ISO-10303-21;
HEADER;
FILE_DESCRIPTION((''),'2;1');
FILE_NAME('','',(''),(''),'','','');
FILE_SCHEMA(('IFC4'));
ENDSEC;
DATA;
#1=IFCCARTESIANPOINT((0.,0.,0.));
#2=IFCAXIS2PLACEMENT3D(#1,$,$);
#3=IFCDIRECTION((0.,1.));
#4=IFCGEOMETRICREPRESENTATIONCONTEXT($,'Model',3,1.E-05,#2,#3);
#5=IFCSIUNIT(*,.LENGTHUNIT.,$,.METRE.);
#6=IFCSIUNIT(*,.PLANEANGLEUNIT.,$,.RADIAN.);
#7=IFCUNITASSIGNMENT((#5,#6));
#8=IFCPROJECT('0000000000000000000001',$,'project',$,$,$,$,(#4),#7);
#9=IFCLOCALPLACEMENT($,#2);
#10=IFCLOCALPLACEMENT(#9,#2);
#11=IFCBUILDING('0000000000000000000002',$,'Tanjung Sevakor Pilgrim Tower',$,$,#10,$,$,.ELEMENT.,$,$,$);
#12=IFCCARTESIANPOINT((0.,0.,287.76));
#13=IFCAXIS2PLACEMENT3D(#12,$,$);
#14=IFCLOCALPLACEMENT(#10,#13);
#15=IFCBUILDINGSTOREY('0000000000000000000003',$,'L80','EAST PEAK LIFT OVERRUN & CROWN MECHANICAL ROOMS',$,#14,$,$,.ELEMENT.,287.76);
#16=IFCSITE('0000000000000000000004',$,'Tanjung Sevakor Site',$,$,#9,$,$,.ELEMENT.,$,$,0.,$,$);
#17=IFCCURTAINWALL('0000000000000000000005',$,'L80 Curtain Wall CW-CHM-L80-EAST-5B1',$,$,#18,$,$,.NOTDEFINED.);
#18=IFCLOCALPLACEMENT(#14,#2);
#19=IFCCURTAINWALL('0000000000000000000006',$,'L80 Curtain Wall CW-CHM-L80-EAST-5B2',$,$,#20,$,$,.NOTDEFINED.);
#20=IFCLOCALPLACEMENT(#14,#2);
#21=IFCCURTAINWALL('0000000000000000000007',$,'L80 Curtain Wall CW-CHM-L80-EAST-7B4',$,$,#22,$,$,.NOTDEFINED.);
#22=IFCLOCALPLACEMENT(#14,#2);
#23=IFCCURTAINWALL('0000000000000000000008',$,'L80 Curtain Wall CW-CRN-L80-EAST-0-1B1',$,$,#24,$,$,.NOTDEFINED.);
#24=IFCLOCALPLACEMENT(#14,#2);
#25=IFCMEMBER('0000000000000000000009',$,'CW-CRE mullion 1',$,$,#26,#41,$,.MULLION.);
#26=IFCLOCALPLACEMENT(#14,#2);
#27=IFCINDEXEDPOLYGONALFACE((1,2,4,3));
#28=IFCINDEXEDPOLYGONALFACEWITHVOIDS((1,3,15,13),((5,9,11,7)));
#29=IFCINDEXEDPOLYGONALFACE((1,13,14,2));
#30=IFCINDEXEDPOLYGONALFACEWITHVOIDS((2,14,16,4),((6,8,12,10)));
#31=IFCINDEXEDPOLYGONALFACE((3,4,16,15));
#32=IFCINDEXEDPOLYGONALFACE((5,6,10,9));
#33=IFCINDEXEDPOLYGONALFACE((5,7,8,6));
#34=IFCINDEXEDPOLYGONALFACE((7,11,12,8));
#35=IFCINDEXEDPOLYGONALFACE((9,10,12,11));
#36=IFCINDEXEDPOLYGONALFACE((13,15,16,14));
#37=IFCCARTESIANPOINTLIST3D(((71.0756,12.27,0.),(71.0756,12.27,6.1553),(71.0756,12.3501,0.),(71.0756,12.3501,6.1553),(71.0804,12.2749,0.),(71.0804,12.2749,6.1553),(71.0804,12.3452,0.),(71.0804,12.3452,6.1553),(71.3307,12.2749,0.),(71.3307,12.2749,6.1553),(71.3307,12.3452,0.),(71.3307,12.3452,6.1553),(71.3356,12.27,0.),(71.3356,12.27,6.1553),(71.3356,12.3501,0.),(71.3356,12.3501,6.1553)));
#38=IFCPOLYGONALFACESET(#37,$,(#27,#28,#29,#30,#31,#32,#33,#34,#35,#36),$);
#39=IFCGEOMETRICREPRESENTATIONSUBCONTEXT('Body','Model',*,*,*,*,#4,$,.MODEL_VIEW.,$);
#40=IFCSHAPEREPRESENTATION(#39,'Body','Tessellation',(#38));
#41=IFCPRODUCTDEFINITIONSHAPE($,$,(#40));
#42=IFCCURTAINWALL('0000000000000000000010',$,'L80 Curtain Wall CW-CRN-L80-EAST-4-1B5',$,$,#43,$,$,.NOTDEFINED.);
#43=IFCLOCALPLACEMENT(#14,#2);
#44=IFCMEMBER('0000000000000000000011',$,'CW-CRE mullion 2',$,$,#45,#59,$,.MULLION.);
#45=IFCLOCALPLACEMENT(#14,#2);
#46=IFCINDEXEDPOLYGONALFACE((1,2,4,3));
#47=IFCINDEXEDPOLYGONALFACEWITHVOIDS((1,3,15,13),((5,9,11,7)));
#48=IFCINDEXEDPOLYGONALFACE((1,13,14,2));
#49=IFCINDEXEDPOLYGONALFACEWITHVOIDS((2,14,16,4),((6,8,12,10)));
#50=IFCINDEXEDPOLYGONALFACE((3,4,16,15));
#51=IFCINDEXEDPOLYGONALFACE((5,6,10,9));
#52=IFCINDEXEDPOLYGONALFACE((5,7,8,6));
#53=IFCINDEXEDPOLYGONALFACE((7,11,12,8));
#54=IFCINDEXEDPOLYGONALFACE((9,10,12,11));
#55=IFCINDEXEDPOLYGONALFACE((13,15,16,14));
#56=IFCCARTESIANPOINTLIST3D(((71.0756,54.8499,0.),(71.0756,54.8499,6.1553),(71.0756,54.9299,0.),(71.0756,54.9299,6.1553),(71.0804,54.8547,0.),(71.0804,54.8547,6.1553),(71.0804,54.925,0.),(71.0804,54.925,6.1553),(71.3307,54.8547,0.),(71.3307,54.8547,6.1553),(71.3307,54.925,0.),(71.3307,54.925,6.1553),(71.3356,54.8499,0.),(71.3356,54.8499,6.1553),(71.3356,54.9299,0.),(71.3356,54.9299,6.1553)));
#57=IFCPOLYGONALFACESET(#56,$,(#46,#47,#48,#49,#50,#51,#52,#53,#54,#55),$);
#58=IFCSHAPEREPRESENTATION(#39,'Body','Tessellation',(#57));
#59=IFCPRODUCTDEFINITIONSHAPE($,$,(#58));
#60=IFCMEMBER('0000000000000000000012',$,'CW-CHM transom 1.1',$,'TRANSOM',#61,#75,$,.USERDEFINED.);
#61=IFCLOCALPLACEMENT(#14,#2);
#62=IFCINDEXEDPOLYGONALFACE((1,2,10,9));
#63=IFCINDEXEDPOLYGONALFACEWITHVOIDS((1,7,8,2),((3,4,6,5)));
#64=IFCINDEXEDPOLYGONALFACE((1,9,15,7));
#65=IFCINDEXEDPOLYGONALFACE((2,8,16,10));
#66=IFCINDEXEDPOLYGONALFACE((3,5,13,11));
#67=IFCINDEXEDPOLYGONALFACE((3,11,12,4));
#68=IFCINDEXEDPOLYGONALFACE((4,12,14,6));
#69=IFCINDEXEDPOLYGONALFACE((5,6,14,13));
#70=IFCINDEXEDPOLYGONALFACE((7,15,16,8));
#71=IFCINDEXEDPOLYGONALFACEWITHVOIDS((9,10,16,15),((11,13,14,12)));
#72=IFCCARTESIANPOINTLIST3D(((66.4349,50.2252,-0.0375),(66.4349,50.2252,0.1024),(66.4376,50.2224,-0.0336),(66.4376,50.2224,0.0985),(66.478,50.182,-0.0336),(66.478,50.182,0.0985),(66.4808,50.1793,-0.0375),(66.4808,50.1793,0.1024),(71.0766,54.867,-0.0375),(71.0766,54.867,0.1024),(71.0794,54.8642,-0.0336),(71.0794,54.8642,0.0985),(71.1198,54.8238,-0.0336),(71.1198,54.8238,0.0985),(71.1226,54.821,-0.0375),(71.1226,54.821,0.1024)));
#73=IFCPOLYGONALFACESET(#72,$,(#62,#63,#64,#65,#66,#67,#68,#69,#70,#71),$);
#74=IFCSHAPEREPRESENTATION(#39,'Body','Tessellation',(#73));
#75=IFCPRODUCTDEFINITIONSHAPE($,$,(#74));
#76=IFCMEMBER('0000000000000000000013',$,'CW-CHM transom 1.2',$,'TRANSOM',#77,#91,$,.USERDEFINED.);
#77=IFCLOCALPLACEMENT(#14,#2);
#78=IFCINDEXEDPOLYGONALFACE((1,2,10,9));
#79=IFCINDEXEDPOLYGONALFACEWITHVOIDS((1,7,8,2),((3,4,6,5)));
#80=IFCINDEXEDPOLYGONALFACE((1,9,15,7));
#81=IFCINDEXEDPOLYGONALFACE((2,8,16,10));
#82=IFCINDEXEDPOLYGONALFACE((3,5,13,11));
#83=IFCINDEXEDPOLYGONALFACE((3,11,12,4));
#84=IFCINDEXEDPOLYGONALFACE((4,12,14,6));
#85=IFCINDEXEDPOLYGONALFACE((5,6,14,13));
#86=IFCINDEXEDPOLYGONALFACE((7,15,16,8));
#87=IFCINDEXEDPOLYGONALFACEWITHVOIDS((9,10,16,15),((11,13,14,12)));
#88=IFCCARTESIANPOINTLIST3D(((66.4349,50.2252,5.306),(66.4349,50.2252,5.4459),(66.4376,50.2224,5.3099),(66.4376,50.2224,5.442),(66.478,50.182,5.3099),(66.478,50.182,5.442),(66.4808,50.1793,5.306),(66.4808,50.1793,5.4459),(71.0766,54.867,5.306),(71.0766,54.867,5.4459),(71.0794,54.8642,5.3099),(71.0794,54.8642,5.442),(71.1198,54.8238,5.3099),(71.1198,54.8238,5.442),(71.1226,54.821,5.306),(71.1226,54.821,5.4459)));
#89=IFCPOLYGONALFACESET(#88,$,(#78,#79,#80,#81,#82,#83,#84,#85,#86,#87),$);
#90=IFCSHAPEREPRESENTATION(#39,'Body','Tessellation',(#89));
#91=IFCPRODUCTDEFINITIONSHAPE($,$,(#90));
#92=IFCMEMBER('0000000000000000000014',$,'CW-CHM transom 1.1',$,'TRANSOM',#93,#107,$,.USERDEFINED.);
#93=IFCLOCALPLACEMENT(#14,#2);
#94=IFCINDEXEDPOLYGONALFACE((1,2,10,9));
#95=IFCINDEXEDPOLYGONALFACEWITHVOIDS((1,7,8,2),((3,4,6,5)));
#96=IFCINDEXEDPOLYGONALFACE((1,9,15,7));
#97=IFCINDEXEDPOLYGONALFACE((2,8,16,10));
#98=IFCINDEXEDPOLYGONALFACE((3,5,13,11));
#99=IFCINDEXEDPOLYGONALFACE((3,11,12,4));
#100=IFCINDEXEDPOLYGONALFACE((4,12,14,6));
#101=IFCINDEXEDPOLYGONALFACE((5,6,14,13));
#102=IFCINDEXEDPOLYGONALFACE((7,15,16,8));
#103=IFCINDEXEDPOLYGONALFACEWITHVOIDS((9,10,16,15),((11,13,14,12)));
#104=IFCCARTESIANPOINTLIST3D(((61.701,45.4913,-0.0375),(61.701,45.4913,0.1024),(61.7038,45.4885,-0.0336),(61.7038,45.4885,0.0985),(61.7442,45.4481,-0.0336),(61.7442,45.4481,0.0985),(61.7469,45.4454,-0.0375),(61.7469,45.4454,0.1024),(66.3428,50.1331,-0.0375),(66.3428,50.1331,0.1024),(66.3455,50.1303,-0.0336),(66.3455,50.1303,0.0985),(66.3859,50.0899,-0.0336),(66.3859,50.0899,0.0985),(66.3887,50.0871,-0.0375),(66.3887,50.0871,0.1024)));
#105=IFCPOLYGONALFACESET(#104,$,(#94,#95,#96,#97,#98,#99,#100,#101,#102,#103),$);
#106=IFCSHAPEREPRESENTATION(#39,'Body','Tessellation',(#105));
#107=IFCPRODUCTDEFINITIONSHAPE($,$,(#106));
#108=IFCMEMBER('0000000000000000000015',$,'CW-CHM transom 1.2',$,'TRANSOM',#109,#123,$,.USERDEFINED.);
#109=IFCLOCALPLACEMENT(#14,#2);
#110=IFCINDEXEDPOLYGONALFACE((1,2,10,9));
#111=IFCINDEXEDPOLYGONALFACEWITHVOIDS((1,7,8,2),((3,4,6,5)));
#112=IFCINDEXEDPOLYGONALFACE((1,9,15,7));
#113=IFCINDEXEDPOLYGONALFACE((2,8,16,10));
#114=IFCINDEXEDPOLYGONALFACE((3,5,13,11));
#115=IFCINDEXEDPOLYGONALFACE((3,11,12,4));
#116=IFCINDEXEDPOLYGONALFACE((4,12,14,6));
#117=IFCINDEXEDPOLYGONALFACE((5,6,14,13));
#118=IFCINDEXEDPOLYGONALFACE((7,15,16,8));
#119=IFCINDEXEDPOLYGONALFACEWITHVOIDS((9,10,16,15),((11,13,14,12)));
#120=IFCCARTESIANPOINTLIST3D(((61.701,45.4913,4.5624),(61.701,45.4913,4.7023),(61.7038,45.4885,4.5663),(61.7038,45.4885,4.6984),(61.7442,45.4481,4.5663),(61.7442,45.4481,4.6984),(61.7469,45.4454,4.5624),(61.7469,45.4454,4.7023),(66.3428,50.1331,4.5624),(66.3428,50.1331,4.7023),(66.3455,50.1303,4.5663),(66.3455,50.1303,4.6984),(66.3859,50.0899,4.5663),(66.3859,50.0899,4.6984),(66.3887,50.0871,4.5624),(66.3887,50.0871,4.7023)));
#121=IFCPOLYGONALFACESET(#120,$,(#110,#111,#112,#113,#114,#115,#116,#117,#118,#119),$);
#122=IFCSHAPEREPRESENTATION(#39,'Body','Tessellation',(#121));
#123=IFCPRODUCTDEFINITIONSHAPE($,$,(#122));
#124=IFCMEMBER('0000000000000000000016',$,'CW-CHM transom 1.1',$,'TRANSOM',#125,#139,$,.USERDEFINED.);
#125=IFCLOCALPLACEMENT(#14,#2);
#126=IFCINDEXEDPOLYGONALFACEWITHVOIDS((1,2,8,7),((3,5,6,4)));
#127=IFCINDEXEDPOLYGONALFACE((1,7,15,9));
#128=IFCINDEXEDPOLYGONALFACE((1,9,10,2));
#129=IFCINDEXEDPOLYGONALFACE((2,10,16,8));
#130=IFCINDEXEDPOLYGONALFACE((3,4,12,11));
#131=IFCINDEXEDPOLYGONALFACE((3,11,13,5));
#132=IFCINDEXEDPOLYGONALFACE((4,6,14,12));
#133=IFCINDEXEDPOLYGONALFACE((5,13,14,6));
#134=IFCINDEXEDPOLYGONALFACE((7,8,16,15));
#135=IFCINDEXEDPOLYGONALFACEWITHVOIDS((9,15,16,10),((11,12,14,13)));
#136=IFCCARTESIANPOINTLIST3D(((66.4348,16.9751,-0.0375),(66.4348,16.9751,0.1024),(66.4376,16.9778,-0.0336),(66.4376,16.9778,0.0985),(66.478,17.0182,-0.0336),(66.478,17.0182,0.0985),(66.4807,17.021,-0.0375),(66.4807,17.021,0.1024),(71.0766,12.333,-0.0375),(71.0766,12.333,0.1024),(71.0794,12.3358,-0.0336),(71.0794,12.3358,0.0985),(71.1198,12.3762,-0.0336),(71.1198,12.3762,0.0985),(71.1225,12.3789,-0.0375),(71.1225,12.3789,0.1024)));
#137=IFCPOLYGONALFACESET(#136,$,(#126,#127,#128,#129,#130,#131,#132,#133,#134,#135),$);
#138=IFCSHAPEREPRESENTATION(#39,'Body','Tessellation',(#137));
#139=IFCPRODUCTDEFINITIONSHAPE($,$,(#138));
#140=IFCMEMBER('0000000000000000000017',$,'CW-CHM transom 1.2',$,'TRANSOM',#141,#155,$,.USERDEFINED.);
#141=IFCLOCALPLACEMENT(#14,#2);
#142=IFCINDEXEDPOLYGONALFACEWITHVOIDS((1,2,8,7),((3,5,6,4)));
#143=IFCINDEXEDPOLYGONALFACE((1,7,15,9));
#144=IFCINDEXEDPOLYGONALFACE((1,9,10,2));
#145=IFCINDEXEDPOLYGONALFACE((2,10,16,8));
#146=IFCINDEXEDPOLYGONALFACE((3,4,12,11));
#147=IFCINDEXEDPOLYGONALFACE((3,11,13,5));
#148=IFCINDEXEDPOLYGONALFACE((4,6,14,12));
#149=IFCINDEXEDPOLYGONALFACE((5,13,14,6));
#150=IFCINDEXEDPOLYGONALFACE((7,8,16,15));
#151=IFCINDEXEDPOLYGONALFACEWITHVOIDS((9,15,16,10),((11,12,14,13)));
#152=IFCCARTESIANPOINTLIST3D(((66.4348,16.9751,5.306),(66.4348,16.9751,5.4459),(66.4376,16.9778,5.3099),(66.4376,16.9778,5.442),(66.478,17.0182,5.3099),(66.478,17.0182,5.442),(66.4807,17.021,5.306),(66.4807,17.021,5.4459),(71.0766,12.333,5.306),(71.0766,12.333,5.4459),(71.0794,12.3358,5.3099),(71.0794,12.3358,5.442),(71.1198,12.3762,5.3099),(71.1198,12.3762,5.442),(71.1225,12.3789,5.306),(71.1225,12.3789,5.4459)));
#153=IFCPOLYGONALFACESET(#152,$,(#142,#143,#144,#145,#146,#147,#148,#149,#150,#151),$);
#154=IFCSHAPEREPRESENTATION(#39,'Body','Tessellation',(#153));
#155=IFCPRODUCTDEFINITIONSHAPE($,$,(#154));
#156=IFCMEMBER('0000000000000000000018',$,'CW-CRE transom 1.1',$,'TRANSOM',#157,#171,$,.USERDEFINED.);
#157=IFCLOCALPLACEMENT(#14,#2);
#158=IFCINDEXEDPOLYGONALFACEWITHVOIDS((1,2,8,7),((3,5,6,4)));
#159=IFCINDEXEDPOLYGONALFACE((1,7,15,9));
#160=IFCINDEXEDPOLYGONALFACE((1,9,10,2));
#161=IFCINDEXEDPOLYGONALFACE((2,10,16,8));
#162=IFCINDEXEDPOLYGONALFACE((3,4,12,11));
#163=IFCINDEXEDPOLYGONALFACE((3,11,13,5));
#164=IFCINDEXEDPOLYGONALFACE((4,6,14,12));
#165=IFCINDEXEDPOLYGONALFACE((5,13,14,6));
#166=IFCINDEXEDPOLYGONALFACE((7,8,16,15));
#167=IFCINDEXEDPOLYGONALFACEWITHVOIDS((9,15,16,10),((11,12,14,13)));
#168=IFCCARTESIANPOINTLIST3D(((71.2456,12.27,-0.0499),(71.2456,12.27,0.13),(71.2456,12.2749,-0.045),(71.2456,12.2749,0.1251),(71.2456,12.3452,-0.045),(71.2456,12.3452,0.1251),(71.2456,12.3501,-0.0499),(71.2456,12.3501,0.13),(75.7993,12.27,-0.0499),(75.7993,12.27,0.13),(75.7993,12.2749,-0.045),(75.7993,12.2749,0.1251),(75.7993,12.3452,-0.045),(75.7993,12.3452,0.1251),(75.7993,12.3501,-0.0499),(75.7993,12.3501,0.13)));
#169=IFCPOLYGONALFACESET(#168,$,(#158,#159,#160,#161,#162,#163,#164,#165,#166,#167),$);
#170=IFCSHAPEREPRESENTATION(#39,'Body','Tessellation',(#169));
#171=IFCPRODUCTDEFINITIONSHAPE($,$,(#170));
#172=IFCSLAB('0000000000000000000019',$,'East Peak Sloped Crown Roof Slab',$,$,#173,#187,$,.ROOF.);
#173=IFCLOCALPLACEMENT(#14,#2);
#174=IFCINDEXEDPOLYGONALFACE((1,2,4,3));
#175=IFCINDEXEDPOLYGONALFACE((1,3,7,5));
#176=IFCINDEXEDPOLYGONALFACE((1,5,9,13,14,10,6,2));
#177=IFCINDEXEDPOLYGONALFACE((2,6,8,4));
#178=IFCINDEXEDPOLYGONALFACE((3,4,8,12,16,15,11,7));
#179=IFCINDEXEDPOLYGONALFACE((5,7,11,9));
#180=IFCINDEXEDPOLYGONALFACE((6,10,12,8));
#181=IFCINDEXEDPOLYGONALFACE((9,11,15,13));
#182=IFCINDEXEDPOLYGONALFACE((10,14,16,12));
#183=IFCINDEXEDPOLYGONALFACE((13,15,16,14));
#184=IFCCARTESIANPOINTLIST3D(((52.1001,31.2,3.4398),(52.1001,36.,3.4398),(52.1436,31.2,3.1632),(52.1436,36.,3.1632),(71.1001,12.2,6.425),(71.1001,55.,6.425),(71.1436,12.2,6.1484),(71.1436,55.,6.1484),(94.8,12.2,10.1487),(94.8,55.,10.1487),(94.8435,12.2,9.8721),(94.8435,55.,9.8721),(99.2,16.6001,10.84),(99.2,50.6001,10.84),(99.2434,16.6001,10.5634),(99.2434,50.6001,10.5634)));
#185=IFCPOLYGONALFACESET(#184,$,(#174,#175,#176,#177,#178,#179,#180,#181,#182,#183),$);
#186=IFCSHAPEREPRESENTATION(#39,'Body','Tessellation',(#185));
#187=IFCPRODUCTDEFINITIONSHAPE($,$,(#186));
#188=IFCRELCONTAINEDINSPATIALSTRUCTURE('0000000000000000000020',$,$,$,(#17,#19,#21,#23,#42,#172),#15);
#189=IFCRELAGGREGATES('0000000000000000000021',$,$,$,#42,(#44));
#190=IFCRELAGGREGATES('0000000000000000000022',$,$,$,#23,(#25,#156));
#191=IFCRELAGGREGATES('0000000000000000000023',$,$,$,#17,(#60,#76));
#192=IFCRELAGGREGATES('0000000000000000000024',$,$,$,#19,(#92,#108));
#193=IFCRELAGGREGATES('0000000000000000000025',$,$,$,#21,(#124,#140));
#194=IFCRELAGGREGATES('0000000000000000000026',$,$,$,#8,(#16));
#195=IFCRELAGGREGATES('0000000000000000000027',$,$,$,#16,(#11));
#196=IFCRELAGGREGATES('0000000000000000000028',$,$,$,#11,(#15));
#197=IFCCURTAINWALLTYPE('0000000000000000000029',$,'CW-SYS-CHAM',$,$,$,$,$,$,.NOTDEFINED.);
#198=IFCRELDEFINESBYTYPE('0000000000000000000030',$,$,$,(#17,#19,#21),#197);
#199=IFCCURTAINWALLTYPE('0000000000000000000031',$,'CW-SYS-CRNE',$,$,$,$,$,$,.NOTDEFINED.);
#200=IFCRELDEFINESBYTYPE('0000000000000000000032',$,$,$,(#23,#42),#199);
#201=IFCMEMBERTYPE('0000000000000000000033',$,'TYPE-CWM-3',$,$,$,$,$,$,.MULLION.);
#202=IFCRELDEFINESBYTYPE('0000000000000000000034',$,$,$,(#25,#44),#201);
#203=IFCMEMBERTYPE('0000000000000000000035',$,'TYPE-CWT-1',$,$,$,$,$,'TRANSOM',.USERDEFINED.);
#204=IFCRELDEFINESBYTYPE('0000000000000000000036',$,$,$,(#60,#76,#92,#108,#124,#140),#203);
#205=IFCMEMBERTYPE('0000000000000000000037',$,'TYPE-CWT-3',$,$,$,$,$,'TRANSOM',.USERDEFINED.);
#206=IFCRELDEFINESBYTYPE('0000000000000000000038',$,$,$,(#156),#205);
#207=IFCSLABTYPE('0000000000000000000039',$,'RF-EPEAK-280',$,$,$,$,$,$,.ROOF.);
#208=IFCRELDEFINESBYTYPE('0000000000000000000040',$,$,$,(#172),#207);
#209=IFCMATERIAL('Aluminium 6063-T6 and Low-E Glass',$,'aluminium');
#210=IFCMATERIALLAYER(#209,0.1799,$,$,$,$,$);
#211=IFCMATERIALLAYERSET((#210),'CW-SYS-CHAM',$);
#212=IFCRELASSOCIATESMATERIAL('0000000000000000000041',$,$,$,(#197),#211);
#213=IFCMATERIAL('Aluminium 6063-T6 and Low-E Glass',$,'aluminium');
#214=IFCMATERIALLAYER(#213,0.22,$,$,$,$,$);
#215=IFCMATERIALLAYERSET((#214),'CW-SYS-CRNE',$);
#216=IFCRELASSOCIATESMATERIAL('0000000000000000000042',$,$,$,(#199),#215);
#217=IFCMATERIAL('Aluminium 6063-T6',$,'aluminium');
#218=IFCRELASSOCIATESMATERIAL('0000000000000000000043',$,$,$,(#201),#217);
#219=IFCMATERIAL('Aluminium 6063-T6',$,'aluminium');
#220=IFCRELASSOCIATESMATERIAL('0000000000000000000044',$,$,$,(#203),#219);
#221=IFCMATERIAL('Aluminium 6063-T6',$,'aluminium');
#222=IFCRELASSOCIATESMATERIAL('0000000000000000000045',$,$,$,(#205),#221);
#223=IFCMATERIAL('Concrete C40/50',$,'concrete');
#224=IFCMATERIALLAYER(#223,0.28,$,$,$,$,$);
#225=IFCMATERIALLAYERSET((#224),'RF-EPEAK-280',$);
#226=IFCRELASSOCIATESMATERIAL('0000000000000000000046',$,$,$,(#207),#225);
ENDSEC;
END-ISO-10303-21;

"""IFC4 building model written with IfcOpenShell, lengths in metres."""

from ifc_helpers import new_model, si_unit, direction, frame, origin, origin_2d, place, context, subcontext, project, spatial, polyline, hollow_rectangle, outline, extrude, material, layer, layer_set, material_profile, profile_set, type_object, element, aggregate, save


model = new_model("IFC4")

# Units and contexts
model_context = context("Model", 3, precision=1e-05, world=origin(), true_north=direction((0.0, 1.0)))
body_context = subcontext(model_context, "Body", "Model", "MODEL_VIEW")
ifc_project = project(units=[si_unit("LENGTHUNIT", "METRE"), si_unit("PLANEANGLEUNIT", "RADIAN")], contexts=[model_context])

# Site, building, storey
site_placement = place(None, origin())
site = spatial("IfcSite", under=ifc_project, at=site_placement, Name="Tanjung Sevakor Site", CompositionType="ELEMENT", RefElevation=0.0)
building_placement = place(site_placement, origin())
building = spatial("IfcBuilding", under=site, at=building_placement, Name="Tanjung Sevakor Pilgrim Tower", CompositionType="ELEMENT")
storey_placement = place(building_placement, frame((0.0, 0.0, 287.76)))
storey = spatial("IfcBuildingStorey", under=building, at=storey_placement, Name="L80", Description="EAST PEAK LIFT OVERRUN & CROWN MECHANICAL ROOMS", CompositionType="ELEMENT", Elevation=287.76)

# Curtain wall
ifc_material_1 = material(Name="Aluminium 6063-T6 and Low-E Glass", Category="aluminium")
ifc_layer_1 = layer(ifc_material_1, 0.1799)
ifc_layer_set_1 = layer_set([ifc_layer_1], Name="CW-SYS-CHAM")
curtain_wall_type_1 = type_object("IfcCurtainWallType", Name="CW-SYS-CHAM", PredefinedType="NOTDEFINED", material=ifc_layer_set_1)
curtain_wall_1_placement = place(storey_placement, origin())
curtain_wall_1 = element("IfcCurtainWall", 1, at=curtain_wall_1_placement, inside=storey, type_object=curtain_wall_type_1, Name="L80 Curtain Wall CW-CHM-L80-EAST-5B1", PredefinedType="NOTDEFINED")

# Curtain wall
curtain_wall_2_placement = place(storey_placement, origin())
curtain_wall_2 = element("IfcCurtainWall", 2, at=curtain_wall_2_placement, inside=storey, type_object=curtain_wall_type_1, Name="L80 Curtain Wall CW-CHM-L80-EAST-5B2", PredefinedType="NOTDEFINED")

# Curtain wall
curtain_wall_3_placement = place(storey_placement, origin())
curtain_wall_3 = element("IfcCurtainWall", 3, at=curtain_wall_3_placement, inside=storey, type_object=curtain_wall_type_1, Name="L80 Curtain Wall CW-CHM-L80-EAST-7B4", PredefinedType="NOTDEFINED")

# Curtain walls, members
ifc_material_2 = material(Name="Aluminium 6063-T6 and Low-E Glass", Category="aluminium")
ifc_layer_2 = layer(ifc_material_2, 0.22)
ifc_layer_set_2 = layer_set([ifc_layer_2], Name="CW-SYS-CRNE")
curtain_wall_type_2 = type_object("IfcCurtainWallType", Name="CW-SYS-CRNE", PredefinedType="NOTDEFINED", material=ifc_layer_set_2)
curtain_wall_4_placement = place(storey_placement, origin())
curtain_wall_4 = element("IfcCurtainWall", 4, at=curtain_wall_4_placement, inside=storey, type_object=curtain_wall_type_2, Name="L80 Curtain Wall CW-CRN-L80-EAST-0-1B1", PredefinedType="NOTDEFINED")
ifc_material_3 = material(Name="Aluminium 6063-T6", Category="aluminium")
ifc_material_profile_1 = material_profile(ifc_material_3, hollow_rectangle(XDim=0.0801, YDim=0.26, WallThickness=0.0049, at=origin_2d()))
ifc_profile_set_1 = profile_set([ifc_material_profile_1], Name="Aluminium 6063-T6")
member_type_1 = type_object("IfcMemberType", Name="TYPE-CWM-3", PredefinedType="MULLION", material=ifc_profile_set_1)
member_1_placement = place(storey_placement, frame((71.2056, 12.3101, 0.0), z_axis=(0.0, 0.0, 1.0), x_axis=(0.0, 1.0, 0.0)))
member_1 = element("IfcMember", 5, at=member_1_placement, type_object=member_type_1, Name="CW-CRE mullion 1", PredefinedType="MULLION", context=body_context, shape_type="SweptSolid", body=[
    extrude(hollow_rectangle(XDim=0.0801, YDim=0.26, WallThickness=0.0049, at=origin_2d()), origin(), (0.0, 0.0, 1.0), 6.1553),
])
curtain_wall_5_placement = place(storey_placement, origin())
curtain_wall_5 = element("IfcCurtainWall", 6, at=curtain_wall_5_placement, inside=storey, type_object=curtain_wall_type_2, Name="L80 Curtain Wall CW-CRN-L80-EAST-4-1B5", PredefinedType="NOTDEFINED")
member_2_placement = place(storey_placement, frame((71.2056, 54.8899, 0.0), z_axis=(0.0, 0.0, 1.0), x_axis=(0.0, -1.0, 0.0)))
member_2 = element("IfcMember", 7, at=member_2_placement, type_object=member_type_1, Name="CW-CRE mullion 2", PredefinedType="MULLION", context=body_context, shape_type="SweptSolid", body=[
    extrude(hollow_rectangle(XDim=0.0801, YDim=0.26, WallThickness=0.0049, at=origin_2d()), origin(), (0.0, 0.0, 1.0), 6.1553),
])
aggregate(curtain_wall_5, [member_2])

# Members
ifc_material_4 = material(Name="Aluminium 6063-T6", Category="aluminium")
ifc_material_profile_2 = material_profile(ifc_material_4, hollow_rectangle(XDim=0.0649, YDim=0.1399, WallThickness=0.0039, at=origin_2d()))
ifc_profile_set_2 = profile_set([ifc_material_profile_2], Name="Aluminium 6063-T6")
member_type_2 = type_object("IfcMemberType", Name="TYPE-CWT-1", ElementType="TRANSOM", PredefinedType="USERDEFINED", material=ifc_profile_set_2)
member_3_placement = place(storey_placement, frame((71.0996, 54.844, 0.0325), z_axis=(-0.707107, -0.707107, 0.0), x_axis=(0.707107, -0.707107, 0.0)))
member_3 = element("IfcMember", 8, at=member_3_placement, type_object=member_type_2, Name="CW-CHM transom 1.1", ObjectType="TRANSOM", PredefinedType="USERDEFINED", context=body_context, shape_type="SweptSolid", body=[
    extrude(hollow_rectangle(XDim=0.0649, YDim=0.1399, WallThickness=0.0039, at=origin_2d()), origin(), (0.0, 0.0, 1.0), 6.5645),
])
member_4_placement = place(storey_placement, frame((71.0996, 54.844, 5.376), z_axis=(-0.707107, -0.707107, 0.0), x_axis=(0.707107, -0.707107, 0.0)))
member_4 = element("IfcMember", 9, at=member_4_placement, type_object=member_type_2, Name="CW-CHM transom 1.2", ObjectType="TRANSOM", PredefinedType="USERDEFINED", context=body_context, shape_type="SweptSolid", body=[
    extrude(hollow_rectangle(XDim=0.0649, YDim=0.1399, WallThickness=0.0039, at=origin_2d()), origin(), (0.0, 0.0, 1.0), 6.5645),
])
member_5_placement = place(storey_placement, frame((66.3657, 50.1101, 0.0325), z_axis=(-0.707107, -0.707107, 0.0), x_axis=(0.707107, -0.707107, 0.0)))
member_5 = element("IfcMember", 10, at=member_5_placement, type_object=member_type_2, Name="CW-CHM transom 1.1", ObjectType="TRANSOM", PredefinedType="USERDEFINED", context=body_context, shape_type="SweptSolid", body=[
    extrude(hollow_rectangle(XDim=0.0649, YDim=0.1399, WallThickness=0.0039, at=origin_2d()), origin(), (0.0, 0.0, 1.0), 6.5645),
])
member_6_placement = place(storey_placement, frame((66.3657, 50.1101, 4.6323), z_axis=(-0.707107, -0.707107, 0.0), x_axis=(0.707107, -0.707107, 0.0)))
member_6 = element("IfcMember", 11, at=member_6_placement, type_object=member_type_2, Name="CW-CHM transom 1.2", ObjectType="TRANSOM", PredefinedType="USERDEFINED", context=body_context, shape_type="SweptSolid", body=[
    extrude(hollow_rectangle(XDim=0.0649, YDim=0.1399, WallThickness=0.0039, at=origin_2d()), origin(), (0.0, 0.0, 1.0), 6.5645),
])
member_7_placement = place(storey_placement, frame((66.4578, 16.998, 0.0325), z_axis=(0.707088, -0.707125, 0.0), x_axis=(0.707125, 0.707088, 0.0)))
member_7 = element("IfcMember", 12, at=member_7_placement, type_object=member_type_2, Name="CW-CHM transom 1.1", ObjectType="TRANSOM", PredefinedType="USERDEFINED", context=body_context, shape_type="SweptSolid", body=[
    extrude(hollow_rectangle(XDim=0.0649, YDim=0.1399, WallThickness=0.0039, at=origin_2d()), origin(), (0.0, 0.0, 1.0), 6.5647),
])
member_8_placement = place(storey_placement, frame((66.4578, 16.998, 5.376), z_axis=(0.707088, -0.707125, 0.0), x_axis=(0.707125, 0.707088, 0.0)))
member_8 = element("IfcMember", 13, at=member_8_placement, type_object=member_type_2, Name="CW-CHM transom 1.2", ObjectType="TRANSOM", PredefinedType="USERDEFINED", context=body_context, shape_type="SweptSolid", body=[
    extrude(hollow_rectangle(XDim=0.0649, YDim=0.1399, WallThickness=0.0039, at=origin_2d()), origin(), (0.0, 0.0, 1.0), 6.5647),
])
ifc_material_5 = material(Name="Aluminium 6063-T6", Category="aluminium")
ifc_material_profile_3 = material_profile(ifc_material_5, hollow_rectangle(XDim=0.0801, YDim=0.1799, WallThickness=0.0049, at=origin_2d()))
ifc_profile_set_3 = profile_set([ifc_material_profile_3], Name="Aluminium 6063-T6")
member_type_3 = type_object("IfcMemberType", Name="TYPE-CWT-3", ElementType="TRANSOM", PredefinedType="USERDEFINED", material=ifc_profile_set_3)
member_9_placement = place(storey_placement, frame((71.2456, 12.3101, 0.04), z_axis=(1.0, 0.0, 0.0), x_axis=(0.0, 1.0, 0.0)))
member_9 = element("IfcMember", 14, at=member_9_placement, type_object=member_type_3, Name="CW-CRE transom 1.1", ObjectType="TRANSOM", PredefinedType="USERDEFINED", context=body_context, shape_type="SweptSolid", body=[
    extrude(hollow_rectangle(XDim=0.0801, YDim=0.1799, WallThickness=0.0049, at=origin_2d()), origin(), (0.0, 0.0, 1.0), 4.5537),
])
aggregate(curtain_wall_4, [member_1, member_9])

# Slab
ifc_material_6 = material(Name="Concrete C40/50", Category="concrete")
ifc_layer_3 = layer(ifc_material_6, 0.28)
ifc_layer_set_3 = layer_set([ifc_layer_3], Name="RF-EPEAK-280")
slab_type = type_object("IfcSlabType", Name="RF-EPEAK-280", PredefinedType="ROOF", material=ifc_layer_set_3)
slab_placement = place(storey_placement, frame((71.1001, 12.2, 6.425), z_axis=(-0.155213, 0.0, 0.987881), x_axis=(0.987881, 0.0, 0.155213)))
element("IfcSlab", 15, at=slab_placement, inside=storey, type_object=slab_type, Name="East Peak Sloped Crown Roof Slab", PredefinedType="ROOF", context=body_context, shape_type="SweptSolid", body=[
    extrude(outline(polyline([(0.0, 0.0), (23.9907, 0.0), (28.4446, 4.4001), (28.4446, 38.4001), (23.9907, 42.8), (0.0, 42.8), (-19.2331, 23.8), (-19.2331, 19.0), (0.0, 0.0)])), origin(), (0.0, 0.0, -1.0), 0.28),
])

aggregate(curtain_wall_1, [member_3, member_4])
aggregate(curtain_wall_2, [member_5, member_6])
aggregate(curtain_wall_3, [member_7, member_8])

save(model, "model.ifc")
